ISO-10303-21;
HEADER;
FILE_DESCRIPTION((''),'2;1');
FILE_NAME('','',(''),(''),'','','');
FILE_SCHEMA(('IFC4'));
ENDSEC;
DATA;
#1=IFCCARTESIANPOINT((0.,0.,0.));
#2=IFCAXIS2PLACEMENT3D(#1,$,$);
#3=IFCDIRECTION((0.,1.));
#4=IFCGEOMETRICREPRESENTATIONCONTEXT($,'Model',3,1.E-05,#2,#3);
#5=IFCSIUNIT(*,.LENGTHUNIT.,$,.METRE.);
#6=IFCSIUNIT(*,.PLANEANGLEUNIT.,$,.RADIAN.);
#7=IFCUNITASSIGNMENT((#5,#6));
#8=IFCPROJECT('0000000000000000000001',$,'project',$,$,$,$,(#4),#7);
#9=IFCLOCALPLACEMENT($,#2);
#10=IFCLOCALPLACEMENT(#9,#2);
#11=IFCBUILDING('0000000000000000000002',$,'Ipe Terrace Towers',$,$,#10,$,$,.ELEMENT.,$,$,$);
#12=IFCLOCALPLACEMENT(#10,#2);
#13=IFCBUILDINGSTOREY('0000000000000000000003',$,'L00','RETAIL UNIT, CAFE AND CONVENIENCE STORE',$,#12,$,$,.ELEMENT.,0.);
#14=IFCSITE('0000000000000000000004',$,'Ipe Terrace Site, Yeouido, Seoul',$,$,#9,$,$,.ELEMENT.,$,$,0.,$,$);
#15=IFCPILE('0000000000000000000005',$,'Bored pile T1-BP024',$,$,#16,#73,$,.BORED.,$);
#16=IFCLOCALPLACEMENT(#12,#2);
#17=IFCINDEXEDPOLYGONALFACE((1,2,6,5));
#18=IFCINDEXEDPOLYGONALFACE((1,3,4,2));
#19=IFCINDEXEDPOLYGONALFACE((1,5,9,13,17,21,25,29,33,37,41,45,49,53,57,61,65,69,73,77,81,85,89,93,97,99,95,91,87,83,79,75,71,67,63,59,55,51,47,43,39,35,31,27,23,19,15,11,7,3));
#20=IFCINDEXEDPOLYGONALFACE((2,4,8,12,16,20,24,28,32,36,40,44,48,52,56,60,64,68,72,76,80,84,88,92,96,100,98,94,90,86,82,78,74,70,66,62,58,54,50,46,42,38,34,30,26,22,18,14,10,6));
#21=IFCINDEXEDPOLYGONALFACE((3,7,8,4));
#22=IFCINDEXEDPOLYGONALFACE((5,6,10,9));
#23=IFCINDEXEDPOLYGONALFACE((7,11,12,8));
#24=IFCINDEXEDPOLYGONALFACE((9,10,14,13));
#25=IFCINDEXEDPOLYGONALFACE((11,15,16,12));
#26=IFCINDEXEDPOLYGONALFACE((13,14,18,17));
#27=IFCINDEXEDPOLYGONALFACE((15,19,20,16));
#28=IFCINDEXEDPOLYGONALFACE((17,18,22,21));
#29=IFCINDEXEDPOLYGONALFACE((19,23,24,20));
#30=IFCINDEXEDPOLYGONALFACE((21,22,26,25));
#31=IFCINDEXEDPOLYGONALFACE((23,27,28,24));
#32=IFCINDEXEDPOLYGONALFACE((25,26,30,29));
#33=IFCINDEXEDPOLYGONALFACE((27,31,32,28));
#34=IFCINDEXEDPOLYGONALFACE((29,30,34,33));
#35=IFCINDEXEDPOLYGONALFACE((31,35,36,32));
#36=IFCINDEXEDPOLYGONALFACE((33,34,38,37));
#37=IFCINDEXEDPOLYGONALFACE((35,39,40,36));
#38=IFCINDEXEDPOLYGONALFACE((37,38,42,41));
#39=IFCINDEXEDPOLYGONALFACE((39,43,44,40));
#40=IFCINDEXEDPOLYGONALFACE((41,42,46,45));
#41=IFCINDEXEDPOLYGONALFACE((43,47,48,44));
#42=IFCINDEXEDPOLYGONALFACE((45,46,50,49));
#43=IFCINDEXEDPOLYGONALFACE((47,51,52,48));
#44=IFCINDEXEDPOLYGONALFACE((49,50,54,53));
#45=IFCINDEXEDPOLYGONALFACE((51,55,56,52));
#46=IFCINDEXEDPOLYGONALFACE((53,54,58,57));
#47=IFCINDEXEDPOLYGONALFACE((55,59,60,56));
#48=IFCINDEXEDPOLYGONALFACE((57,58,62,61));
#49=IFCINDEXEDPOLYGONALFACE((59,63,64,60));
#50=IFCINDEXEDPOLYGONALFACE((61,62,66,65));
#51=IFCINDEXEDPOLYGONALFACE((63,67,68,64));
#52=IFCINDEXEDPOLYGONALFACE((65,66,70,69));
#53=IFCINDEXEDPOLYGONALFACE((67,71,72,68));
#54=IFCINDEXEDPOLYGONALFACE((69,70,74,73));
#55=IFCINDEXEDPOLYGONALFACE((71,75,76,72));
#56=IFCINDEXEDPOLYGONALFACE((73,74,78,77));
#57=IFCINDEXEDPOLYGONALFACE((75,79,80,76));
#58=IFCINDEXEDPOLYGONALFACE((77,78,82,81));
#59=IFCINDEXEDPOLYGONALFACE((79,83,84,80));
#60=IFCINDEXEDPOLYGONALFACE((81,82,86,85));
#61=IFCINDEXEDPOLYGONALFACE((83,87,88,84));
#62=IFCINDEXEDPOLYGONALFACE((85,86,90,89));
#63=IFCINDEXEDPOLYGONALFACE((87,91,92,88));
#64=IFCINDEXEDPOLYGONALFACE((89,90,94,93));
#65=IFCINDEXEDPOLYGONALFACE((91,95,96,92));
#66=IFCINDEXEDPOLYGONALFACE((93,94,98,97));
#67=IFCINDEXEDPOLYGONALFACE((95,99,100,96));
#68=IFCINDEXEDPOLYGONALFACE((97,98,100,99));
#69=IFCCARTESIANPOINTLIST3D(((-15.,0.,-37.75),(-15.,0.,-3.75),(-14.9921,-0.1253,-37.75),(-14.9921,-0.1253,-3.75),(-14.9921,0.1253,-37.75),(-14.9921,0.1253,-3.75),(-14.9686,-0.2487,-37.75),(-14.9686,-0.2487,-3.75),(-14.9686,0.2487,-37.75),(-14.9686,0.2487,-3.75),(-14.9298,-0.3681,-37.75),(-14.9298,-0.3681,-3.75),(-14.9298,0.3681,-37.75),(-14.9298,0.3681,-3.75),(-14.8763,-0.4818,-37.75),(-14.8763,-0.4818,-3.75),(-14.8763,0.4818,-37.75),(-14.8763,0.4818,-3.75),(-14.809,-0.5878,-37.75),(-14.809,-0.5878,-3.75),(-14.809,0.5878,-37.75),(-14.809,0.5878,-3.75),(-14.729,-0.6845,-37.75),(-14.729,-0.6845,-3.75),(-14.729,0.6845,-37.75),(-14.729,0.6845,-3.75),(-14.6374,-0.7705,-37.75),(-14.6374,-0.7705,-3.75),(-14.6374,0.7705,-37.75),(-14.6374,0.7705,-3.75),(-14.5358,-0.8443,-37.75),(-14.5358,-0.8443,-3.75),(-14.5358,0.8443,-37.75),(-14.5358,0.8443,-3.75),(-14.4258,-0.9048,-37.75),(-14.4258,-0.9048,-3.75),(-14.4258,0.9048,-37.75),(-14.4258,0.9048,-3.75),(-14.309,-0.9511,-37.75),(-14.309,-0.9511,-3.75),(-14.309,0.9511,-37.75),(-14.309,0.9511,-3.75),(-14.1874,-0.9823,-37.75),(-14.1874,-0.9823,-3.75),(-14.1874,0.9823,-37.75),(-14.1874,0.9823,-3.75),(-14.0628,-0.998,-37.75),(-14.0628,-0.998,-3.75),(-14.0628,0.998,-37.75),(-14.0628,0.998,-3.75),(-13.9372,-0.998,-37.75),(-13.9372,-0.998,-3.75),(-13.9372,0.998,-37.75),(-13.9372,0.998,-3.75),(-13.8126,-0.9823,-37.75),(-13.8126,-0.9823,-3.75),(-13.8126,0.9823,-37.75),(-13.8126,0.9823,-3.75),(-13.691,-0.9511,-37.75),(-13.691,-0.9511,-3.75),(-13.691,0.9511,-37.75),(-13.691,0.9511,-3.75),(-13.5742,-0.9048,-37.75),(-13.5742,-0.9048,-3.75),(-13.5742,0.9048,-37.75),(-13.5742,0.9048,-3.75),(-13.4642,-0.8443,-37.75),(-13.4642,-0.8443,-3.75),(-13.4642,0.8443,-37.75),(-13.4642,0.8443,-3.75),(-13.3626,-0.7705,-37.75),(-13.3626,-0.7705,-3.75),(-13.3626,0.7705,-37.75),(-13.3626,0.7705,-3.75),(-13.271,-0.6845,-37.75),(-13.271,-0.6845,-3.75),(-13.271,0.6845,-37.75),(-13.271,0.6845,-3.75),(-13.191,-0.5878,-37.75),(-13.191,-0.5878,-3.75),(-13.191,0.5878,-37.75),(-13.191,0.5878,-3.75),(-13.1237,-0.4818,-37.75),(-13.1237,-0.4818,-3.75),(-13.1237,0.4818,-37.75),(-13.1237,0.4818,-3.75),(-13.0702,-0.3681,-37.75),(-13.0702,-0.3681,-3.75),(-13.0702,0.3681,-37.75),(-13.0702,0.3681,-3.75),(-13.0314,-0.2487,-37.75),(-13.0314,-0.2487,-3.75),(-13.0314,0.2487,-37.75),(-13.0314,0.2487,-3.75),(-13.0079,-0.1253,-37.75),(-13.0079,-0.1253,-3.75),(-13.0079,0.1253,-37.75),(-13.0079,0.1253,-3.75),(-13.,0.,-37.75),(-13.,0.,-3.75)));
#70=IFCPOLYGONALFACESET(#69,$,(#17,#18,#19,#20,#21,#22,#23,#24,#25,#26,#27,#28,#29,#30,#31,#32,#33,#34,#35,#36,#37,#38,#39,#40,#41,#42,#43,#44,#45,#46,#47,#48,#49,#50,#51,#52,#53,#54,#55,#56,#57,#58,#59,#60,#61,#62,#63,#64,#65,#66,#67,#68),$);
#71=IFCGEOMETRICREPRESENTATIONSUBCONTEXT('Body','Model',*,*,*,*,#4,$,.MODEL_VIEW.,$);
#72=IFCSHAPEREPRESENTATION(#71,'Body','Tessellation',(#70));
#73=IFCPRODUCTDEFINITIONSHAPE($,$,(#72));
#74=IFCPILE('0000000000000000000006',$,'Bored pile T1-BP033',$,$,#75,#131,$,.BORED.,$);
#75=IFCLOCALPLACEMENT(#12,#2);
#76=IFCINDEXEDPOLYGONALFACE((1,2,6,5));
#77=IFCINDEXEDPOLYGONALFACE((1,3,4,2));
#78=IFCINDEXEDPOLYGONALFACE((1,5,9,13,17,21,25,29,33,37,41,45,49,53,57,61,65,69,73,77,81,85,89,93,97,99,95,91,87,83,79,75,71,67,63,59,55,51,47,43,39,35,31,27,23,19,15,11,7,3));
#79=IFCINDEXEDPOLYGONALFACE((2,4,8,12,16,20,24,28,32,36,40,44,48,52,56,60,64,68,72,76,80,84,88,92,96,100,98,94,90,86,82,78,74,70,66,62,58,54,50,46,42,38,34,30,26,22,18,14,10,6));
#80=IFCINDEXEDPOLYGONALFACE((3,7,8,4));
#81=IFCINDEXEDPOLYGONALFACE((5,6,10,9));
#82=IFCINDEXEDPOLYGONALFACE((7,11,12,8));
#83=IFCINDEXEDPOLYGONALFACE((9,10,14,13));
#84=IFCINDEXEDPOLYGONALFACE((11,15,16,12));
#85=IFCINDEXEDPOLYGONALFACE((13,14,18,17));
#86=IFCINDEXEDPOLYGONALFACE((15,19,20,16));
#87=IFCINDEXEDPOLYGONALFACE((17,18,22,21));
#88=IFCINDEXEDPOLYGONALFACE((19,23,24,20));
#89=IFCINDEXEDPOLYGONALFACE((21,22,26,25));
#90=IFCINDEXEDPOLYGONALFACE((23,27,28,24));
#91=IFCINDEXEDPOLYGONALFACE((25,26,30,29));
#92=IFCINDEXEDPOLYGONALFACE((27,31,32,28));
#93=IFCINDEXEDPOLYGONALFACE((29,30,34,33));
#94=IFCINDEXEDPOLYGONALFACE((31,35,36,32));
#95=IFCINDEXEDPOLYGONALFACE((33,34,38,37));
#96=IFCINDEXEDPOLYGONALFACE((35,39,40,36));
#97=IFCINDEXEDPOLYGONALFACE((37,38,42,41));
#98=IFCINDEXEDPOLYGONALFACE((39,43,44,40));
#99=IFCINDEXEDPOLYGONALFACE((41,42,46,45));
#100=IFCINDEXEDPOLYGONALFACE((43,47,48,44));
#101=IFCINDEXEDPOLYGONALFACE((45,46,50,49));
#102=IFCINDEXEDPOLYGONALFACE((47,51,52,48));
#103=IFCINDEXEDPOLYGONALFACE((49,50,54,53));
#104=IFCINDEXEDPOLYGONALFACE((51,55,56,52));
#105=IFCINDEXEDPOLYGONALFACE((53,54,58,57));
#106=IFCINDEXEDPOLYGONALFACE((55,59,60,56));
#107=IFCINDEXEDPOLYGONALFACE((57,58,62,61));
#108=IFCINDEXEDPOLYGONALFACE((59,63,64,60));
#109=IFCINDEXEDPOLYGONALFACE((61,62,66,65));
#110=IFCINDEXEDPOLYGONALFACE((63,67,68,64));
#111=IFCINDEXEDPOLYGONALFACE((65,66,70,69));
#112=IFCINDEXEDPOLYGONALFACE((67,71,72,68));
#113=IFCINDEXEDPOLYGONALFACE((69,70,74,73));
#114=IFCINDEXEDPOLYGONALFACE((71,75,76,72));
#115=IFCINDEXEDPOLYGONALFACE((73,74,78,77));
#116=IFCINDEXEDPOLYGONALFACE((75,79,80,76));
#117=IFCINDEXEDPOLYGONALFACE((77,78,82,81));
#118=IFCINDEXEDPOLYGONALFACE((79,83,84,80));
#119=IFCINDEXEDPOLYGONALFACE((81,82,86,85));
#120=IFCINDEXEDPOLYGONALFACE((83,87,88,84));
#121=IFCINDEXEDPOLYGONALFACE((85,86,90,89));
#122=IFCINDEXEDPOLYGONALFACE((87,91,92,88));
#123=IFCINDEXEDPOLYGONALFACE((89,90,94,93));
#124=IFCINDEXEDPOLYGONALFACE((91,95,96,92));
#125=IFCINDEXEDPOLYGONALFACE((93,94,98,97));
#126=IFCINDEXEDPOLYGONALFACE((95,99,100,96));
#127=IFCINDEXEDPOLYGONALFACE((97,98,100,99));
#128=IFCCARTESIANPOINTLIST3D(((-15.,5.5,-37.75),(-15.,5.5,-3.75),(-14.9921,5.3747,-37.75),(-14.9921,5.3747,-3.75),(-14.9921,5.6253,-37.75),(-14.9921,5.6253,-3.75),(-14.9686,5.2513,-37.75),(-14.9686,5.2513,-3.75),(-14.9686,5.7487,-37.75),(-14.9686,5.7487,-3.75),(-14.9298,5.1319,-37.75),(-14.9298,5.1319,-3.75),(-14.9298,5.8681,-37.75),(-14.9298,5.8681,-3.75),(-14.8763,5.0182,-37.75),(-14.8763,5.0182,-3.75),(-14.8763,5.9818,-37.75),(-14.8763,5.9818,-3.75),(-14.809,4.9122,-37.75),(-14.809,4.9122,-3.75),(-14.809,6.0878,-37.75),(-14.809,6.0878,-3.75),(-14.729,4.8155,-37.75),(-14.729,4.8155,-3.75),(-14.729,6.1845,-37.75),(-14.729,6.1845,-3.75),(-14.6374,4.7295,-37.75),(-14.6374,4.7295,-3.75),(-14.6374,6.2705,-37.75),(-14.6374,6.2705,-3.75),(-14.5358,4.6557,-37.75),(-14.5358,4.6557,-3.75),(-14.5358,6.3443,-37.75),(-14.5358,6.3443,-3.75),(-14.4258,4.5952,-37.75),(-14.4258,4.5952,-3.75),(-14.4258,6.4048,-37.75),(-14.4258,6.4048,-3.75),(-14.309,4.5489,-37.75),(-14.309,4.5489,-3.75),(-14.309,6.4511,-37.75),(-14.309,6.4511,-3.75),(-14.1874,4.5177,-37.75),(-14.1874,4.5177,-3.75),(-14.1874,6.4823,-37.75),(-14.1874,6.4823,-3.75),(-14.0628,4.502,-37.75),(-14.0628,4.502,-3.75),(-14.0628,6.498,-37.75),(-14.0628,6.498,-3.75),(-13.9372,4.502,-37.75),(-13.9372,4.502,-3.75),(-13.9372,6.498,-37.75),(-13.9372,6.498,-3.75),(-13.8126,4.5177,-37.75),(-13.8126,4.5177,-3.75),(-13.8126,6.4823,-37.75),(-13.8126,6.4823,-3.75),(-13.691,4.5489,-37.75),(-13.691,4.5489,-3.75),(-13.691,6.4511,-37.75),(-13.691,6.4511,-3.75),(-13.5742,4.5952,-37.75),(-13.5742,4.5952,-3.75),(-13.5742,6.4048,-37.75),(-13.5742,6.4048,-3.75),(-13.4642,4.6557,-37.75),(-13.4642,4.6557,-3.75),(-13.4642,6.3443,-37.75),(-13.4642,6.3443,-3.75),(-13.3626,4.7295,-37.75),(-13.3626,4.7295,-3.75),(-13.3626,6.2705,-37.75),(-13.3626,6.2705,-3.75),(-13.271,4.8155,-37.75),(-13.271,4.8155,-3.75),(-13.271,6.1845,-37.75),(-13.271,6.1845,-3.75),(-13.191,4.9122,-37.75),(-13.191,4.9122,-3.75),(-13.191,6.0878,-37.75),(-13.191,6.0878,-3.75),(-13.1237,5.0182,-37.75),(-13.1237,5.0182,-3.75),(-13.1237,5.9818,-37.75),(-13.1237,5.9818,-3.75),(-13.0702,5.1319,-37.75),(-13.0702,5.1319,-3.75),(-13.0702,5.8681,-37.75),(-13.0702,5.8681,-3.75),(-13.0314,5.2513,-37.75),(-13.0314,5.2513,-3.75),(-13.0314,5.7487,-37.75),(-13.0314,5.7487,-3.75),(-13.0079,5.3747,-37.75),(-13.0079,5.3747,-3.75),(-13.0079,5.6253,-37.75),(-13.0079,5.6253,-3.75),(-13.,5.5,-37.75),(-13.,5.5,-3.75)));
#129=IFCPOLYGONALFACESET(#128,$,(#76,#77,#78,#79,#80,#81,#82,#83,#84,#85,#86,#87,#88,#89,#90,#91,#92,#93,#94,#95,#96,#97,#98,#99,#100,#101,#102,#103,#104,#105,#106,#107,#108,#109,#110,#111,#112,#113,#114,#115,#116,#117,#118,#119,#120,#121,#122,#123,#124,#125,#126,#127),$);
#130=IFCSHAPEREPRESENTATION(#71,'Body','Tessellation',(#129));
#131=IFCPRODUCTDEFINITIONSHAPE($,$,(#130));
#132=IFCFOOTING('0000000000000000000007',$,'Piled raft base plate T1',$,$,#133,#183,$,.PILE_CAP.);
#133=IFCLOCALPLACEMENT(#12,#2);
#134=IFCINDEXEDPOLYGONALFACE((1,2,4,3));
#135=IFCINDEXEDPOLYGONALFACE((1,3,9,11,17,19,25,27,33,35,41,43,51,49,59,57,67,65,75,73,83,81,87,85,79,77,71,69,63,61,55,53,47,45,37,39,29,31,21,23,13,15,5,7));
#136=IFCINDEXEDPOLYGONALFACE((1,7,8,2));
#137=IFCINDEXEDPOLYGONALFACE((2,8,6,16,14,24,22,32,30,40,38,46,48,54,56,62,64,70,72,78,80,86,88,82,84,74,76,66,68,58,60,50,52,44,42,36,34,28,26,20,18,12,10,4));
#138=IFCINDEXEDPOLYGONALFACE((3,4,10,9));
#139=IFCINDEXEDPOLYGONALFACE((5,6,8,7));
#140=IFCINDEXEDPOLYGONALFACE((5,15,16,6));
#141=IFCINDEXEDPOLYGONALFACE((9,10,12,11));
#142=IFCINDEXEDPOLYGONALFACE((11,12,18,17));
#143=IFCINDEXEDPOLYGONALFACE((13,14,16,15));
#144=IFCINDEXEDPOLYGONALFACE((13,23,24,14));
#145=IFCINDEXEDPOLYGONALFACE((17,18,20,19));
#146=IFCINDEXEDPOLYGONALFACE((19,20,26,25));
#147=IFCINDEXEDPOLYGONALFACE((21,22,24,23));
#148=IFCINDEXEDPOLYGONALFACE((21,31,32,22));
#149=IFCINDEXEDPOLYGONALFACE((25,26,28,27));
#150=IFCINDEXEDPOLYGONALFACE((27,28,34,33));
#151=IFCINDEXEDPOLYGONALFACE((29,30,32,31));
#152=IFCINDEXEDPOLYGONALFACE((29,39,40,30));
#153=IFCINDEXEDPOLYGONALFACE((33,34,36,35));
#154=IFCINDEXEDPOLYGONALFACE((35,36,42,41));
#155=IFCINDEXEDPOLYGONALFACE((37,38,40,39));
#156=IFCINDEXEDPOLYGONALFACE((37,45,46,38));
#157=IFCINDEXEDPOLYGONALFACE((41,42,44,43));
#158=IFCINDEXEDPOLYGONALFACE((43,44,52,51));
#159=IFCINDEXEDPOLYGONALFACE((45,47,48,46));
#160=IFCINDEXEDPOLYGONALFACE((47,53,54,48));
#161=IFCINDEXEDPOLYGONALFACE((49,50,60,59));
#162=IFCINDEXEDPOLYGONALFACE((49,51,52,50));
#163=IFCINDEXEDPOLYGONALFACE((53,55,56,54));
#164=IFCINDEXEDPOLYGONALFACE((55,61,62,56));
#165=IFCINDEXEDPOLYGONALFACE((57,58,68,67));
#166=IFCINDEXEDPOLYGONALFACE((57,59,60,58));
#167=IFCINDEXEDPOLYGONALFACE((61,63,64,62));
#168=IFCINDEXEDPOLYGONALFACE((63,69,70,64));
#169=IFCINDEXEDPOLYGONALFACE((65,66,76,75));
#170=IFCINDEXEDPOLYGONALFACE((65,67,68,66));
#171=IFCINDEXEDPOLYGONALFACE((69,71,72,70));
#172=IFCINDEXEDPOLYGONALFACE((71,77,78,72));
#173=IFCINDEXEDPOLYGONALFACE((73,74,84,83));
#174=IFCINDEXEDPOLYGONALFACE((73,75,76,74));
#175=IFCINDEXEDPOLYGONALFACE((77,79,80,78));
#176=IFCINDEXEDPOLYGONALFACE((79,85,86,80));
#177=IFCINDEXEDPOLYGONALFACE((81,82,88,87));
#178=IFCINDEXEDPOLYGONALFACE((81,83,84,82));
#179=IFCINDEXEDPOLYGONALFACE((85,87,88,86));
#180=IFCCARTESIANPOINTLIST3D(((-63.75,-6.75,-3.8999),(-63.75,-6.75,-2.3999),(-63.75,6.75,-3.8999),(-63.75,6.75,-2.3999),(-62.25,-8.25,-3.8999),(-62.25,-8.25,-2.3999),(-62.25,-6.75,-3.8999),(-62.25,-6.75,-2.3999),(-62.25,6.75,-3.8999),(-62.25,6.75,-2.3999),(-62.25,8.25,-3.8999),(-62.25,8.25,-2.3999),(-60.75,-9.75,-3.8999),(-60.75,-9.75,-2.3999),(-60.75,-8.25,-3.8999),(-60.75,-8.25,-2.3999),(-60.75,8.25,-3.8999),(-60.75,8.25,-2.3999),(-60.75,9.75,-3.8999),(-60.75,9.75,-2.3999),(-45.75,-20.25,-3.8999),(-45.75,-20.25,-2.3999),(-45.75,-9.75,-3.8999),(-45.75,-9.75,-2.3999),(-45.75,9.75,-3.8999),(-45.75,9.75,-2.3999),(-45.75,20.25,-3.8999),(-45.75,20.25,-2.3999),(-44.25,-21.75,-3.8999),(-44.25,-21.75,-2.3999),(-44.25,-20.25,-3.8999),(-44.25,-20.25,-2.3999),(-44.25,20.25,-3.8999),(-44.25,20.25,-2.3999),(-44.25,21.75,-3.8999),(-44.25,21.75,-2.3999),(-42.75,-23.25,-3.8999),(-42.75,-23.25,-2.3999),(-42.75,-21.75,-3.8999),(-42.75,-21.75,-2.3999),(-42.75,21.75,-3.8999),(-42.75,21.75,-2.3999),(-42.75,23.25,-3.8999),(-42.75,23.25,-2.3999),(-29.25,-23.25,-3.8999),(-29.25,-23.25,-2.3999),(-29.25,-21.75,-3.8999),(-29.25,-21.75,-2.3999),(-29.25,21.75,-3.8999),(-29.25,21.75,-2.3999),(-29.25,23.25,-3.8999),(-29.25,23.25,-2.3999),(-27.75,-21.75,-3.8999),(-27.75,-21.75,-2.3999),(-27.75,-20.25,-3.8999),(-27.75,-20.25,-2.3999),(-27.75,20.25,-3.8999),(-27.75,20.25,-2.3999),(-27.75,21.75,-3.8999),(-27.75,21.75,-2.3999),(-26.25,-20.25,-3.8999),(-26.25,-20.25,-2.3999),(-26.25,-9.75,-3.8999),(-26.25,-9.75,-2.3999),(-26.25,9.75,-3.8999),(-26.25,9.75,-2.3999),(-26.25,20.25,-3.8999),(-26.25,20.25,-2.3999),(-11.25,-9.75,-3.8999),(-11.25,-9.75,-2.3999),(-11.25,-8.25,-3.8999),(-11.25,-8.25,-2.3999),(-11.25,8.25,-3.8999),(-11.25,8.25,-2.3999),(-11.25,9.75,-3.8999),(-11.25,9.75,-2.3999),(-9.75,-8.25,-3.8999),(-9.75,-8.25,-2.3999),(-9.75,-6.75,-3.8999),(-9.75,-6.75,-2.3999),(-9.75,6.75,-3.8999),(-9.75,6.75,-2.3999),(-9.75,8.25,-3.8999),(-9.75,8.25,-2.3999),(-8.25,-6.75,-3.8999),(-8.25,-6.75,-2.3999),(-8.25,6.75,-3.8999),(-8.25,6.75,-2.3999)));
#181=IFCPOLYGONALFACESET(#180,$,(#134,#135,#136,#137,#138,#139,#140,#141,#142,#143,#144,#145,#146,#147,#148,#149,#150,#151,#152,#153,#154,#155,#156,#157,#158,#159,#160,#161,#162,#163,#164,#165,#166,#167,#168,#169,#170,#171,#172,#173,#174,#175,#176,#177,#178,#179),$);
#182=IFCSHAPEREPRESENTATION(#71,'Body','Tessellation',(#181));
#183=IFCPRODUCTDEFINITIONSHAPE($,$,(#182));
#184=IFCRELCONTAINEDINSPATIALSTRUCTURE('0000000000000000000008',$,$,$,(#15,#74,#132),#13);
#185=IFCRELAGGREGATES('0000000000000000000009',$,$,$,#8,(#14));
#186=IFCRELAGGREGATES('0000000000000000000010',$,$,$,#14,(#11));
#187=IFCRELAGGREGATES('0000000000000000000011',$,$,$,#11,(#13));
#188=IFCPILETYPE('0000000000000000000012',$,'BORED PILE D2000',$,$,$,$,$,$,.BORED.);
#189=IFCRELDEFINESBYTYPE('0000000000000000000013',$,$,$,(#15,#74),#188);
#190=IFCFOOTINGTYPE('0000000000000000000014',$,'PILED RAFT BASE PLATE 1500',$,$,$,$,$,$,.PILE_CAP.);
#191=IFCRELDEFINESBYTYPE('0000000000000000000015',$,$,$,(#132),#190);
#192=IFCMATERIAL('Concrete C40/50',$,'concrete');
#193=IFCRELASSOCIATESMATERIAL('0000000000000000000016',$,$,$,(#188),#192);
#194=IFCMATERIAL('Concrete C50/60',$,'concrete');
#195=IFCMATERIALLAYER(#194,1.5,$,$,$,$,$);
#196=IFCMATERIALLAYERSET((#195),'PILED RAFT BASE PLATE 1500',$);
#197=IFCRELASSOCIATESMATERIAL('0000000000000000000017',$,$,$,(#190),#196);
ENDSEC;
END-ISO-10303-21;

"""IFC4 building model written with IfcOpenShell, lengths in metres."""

from ifc_helpers import new_model, si_unit, direction, frame, origin, origin_2d, place, context, subcontext, project, spatial, polyline, circle, outline, extrude, material, layer, layer_set, material_profile, profile_set, type_object, element, save


model = new_model("IFC4")

# Units and contexts
model_context = context("Model", 3, precision=1e-05, world=origin(), true_north=direction((0.0, 1.0)))
body_context = subcontext(model_context, "Body", "Model", "MODEL_VIEW")
ifc_project = project(units=[si_unit("LENGTHUNIT", "METRE"), si_unit("PLANEANGLEUNIT", "RADIAN")], contexts=[model_context])

# Site, building, storey
site_placement = place(None, origin())
site = spatial("IfcSite", under=ifc_project, at=site_placement, Name="Ipe Terrace Site, Yeouido, Seoul", CompositionType="ELEMENT", RefElevation=0.0)
building_placement = place(site_placement, origin())
building = spatial("IfcBuilding", under=site, at=building_placement, Name="Ipe Terrace Towers", CompositionType="ELEMENT")
storey_placement = place(building_placement, origin())
storey = spatial("IfcBuildingStorey", under=building, at=storey_placement, Name="L00", Description="RETAIL UNIT, CAFE AND CONVENIENCE STORE", CompositionType="ELEMENT", Elevation=0.0)

# Piles
ifc_material_1 = material(Name="Concrete C40/50", Category="concrete")
ifc_material_profile_1 = material_profile(ifc_material_1, circle(Radius=1.0, at=origin_2d()), Name="BORED PILE D2000")
ifc_profile_set_1 = profile_set([ifc_material_profile_1], Name="Concrete C40/50")
pile_type = type_object("IfcPileType", Name="BORED PILE D2000", PredefinedType="BORED", material=ifc_profile_set_1)
for number, where, z_axis, x_axis, name in (
    (1, (-14.0, 0.0, -3.75), (0.0, 0.0, -1.0), (1.0, 0.0, 0.0), "Bored pile T1-BP024"),
    (2, (-14.0, 5.5, -3.75), (0.0, 0.0, -1.0), (1.0, 0.0, 0.0), "Bored pile T1-BP033"),
):
    element("IfcPile", number, at=place(storey_placement, frame(where, z_axis=z_axis, x_axis=x_axis)), inside=storey, type_object=pile_type, Name=name, PredefinedType="BORED", context=body_context, shape_type="SweptSolid", body=[
        extrude(circle(Radius=1.0, at=origin_2d()), origin(), (0.0, 0.0, 1.0), 34.0),
    ])

# Footing
ifc_material_2 = material(Name="Concrete C50/60", Category="concrete")
ifc_layer_1 = layer(ifc_material_2, 1.5)
ifc_layer_set_1 = layer_set([ifc_layer_1], Name="PILED RAFT BASE PLATE 1500")
footing_type_1 = type_object("IfcFootingType", Name="PILED RAFT BASE PLATE 1500", PredefinedType="PILE_CAP", material=ifc_layer_set_1)
footing_1_placement = place(storey_placement, frame((0.0, 0.0, -3.8999)))
element("IfcFooting", 3, at=footing_1_placement, inside=storey, type_object=footing_type_1, Name="Piled raft base plate T1", PredefinedType="PILE_CAP", context=body_context, shape_type="SweptSolid", body=[
    extrude(outline(polyline([(-63.75, -6.75), (-63.75, 6.75), (-62.25, 6.75), (-62.25, 8.25), (-60.75, 8.25), (-60.75, 9.75), (-45.75, 9.75), (-45.75, 20.25), (-44.25, 20.25), (-44.25, 21.75), (-42.75, 21.75), (-42.75, 23.25), (-29.25, 23.25), (-29.25, 21.75), (-27.75, 21.75), (-27.75, 20.25), (-26.25, 20.25), (-26.25, 9.75), (-11.25, 9.75), (-11.25, 8.25), (-9.75, 8.25), (-9.75, 6.75), (-8.25, 6.75), (-8.25, -6.75), (-9.75, -6.75), (-9.75, -8.25), (-11.25, -8.25), (-11.25, -9.75), (-26.25, -9.75), (-26.25, -20.25), (-27.75, -20.25), (-27.75, -21.75), (-29.25, -21.75), (-29.25, -23.25), (-42.75, -23.25), (-42.75, -21.75), (-44.25, -21.75), (-44.25, -20.25), (-45.75, -20.25), (-45.75, -9.75), (-60.75, -9.75), (-60.75, -8.25), (-62.25, -8.25), (-62.25, -6.75), (-63.75, -6.75)])), origin(), (0.0, 0.0, 1.0), 1.5),
])

save(model, "model.ifc")
